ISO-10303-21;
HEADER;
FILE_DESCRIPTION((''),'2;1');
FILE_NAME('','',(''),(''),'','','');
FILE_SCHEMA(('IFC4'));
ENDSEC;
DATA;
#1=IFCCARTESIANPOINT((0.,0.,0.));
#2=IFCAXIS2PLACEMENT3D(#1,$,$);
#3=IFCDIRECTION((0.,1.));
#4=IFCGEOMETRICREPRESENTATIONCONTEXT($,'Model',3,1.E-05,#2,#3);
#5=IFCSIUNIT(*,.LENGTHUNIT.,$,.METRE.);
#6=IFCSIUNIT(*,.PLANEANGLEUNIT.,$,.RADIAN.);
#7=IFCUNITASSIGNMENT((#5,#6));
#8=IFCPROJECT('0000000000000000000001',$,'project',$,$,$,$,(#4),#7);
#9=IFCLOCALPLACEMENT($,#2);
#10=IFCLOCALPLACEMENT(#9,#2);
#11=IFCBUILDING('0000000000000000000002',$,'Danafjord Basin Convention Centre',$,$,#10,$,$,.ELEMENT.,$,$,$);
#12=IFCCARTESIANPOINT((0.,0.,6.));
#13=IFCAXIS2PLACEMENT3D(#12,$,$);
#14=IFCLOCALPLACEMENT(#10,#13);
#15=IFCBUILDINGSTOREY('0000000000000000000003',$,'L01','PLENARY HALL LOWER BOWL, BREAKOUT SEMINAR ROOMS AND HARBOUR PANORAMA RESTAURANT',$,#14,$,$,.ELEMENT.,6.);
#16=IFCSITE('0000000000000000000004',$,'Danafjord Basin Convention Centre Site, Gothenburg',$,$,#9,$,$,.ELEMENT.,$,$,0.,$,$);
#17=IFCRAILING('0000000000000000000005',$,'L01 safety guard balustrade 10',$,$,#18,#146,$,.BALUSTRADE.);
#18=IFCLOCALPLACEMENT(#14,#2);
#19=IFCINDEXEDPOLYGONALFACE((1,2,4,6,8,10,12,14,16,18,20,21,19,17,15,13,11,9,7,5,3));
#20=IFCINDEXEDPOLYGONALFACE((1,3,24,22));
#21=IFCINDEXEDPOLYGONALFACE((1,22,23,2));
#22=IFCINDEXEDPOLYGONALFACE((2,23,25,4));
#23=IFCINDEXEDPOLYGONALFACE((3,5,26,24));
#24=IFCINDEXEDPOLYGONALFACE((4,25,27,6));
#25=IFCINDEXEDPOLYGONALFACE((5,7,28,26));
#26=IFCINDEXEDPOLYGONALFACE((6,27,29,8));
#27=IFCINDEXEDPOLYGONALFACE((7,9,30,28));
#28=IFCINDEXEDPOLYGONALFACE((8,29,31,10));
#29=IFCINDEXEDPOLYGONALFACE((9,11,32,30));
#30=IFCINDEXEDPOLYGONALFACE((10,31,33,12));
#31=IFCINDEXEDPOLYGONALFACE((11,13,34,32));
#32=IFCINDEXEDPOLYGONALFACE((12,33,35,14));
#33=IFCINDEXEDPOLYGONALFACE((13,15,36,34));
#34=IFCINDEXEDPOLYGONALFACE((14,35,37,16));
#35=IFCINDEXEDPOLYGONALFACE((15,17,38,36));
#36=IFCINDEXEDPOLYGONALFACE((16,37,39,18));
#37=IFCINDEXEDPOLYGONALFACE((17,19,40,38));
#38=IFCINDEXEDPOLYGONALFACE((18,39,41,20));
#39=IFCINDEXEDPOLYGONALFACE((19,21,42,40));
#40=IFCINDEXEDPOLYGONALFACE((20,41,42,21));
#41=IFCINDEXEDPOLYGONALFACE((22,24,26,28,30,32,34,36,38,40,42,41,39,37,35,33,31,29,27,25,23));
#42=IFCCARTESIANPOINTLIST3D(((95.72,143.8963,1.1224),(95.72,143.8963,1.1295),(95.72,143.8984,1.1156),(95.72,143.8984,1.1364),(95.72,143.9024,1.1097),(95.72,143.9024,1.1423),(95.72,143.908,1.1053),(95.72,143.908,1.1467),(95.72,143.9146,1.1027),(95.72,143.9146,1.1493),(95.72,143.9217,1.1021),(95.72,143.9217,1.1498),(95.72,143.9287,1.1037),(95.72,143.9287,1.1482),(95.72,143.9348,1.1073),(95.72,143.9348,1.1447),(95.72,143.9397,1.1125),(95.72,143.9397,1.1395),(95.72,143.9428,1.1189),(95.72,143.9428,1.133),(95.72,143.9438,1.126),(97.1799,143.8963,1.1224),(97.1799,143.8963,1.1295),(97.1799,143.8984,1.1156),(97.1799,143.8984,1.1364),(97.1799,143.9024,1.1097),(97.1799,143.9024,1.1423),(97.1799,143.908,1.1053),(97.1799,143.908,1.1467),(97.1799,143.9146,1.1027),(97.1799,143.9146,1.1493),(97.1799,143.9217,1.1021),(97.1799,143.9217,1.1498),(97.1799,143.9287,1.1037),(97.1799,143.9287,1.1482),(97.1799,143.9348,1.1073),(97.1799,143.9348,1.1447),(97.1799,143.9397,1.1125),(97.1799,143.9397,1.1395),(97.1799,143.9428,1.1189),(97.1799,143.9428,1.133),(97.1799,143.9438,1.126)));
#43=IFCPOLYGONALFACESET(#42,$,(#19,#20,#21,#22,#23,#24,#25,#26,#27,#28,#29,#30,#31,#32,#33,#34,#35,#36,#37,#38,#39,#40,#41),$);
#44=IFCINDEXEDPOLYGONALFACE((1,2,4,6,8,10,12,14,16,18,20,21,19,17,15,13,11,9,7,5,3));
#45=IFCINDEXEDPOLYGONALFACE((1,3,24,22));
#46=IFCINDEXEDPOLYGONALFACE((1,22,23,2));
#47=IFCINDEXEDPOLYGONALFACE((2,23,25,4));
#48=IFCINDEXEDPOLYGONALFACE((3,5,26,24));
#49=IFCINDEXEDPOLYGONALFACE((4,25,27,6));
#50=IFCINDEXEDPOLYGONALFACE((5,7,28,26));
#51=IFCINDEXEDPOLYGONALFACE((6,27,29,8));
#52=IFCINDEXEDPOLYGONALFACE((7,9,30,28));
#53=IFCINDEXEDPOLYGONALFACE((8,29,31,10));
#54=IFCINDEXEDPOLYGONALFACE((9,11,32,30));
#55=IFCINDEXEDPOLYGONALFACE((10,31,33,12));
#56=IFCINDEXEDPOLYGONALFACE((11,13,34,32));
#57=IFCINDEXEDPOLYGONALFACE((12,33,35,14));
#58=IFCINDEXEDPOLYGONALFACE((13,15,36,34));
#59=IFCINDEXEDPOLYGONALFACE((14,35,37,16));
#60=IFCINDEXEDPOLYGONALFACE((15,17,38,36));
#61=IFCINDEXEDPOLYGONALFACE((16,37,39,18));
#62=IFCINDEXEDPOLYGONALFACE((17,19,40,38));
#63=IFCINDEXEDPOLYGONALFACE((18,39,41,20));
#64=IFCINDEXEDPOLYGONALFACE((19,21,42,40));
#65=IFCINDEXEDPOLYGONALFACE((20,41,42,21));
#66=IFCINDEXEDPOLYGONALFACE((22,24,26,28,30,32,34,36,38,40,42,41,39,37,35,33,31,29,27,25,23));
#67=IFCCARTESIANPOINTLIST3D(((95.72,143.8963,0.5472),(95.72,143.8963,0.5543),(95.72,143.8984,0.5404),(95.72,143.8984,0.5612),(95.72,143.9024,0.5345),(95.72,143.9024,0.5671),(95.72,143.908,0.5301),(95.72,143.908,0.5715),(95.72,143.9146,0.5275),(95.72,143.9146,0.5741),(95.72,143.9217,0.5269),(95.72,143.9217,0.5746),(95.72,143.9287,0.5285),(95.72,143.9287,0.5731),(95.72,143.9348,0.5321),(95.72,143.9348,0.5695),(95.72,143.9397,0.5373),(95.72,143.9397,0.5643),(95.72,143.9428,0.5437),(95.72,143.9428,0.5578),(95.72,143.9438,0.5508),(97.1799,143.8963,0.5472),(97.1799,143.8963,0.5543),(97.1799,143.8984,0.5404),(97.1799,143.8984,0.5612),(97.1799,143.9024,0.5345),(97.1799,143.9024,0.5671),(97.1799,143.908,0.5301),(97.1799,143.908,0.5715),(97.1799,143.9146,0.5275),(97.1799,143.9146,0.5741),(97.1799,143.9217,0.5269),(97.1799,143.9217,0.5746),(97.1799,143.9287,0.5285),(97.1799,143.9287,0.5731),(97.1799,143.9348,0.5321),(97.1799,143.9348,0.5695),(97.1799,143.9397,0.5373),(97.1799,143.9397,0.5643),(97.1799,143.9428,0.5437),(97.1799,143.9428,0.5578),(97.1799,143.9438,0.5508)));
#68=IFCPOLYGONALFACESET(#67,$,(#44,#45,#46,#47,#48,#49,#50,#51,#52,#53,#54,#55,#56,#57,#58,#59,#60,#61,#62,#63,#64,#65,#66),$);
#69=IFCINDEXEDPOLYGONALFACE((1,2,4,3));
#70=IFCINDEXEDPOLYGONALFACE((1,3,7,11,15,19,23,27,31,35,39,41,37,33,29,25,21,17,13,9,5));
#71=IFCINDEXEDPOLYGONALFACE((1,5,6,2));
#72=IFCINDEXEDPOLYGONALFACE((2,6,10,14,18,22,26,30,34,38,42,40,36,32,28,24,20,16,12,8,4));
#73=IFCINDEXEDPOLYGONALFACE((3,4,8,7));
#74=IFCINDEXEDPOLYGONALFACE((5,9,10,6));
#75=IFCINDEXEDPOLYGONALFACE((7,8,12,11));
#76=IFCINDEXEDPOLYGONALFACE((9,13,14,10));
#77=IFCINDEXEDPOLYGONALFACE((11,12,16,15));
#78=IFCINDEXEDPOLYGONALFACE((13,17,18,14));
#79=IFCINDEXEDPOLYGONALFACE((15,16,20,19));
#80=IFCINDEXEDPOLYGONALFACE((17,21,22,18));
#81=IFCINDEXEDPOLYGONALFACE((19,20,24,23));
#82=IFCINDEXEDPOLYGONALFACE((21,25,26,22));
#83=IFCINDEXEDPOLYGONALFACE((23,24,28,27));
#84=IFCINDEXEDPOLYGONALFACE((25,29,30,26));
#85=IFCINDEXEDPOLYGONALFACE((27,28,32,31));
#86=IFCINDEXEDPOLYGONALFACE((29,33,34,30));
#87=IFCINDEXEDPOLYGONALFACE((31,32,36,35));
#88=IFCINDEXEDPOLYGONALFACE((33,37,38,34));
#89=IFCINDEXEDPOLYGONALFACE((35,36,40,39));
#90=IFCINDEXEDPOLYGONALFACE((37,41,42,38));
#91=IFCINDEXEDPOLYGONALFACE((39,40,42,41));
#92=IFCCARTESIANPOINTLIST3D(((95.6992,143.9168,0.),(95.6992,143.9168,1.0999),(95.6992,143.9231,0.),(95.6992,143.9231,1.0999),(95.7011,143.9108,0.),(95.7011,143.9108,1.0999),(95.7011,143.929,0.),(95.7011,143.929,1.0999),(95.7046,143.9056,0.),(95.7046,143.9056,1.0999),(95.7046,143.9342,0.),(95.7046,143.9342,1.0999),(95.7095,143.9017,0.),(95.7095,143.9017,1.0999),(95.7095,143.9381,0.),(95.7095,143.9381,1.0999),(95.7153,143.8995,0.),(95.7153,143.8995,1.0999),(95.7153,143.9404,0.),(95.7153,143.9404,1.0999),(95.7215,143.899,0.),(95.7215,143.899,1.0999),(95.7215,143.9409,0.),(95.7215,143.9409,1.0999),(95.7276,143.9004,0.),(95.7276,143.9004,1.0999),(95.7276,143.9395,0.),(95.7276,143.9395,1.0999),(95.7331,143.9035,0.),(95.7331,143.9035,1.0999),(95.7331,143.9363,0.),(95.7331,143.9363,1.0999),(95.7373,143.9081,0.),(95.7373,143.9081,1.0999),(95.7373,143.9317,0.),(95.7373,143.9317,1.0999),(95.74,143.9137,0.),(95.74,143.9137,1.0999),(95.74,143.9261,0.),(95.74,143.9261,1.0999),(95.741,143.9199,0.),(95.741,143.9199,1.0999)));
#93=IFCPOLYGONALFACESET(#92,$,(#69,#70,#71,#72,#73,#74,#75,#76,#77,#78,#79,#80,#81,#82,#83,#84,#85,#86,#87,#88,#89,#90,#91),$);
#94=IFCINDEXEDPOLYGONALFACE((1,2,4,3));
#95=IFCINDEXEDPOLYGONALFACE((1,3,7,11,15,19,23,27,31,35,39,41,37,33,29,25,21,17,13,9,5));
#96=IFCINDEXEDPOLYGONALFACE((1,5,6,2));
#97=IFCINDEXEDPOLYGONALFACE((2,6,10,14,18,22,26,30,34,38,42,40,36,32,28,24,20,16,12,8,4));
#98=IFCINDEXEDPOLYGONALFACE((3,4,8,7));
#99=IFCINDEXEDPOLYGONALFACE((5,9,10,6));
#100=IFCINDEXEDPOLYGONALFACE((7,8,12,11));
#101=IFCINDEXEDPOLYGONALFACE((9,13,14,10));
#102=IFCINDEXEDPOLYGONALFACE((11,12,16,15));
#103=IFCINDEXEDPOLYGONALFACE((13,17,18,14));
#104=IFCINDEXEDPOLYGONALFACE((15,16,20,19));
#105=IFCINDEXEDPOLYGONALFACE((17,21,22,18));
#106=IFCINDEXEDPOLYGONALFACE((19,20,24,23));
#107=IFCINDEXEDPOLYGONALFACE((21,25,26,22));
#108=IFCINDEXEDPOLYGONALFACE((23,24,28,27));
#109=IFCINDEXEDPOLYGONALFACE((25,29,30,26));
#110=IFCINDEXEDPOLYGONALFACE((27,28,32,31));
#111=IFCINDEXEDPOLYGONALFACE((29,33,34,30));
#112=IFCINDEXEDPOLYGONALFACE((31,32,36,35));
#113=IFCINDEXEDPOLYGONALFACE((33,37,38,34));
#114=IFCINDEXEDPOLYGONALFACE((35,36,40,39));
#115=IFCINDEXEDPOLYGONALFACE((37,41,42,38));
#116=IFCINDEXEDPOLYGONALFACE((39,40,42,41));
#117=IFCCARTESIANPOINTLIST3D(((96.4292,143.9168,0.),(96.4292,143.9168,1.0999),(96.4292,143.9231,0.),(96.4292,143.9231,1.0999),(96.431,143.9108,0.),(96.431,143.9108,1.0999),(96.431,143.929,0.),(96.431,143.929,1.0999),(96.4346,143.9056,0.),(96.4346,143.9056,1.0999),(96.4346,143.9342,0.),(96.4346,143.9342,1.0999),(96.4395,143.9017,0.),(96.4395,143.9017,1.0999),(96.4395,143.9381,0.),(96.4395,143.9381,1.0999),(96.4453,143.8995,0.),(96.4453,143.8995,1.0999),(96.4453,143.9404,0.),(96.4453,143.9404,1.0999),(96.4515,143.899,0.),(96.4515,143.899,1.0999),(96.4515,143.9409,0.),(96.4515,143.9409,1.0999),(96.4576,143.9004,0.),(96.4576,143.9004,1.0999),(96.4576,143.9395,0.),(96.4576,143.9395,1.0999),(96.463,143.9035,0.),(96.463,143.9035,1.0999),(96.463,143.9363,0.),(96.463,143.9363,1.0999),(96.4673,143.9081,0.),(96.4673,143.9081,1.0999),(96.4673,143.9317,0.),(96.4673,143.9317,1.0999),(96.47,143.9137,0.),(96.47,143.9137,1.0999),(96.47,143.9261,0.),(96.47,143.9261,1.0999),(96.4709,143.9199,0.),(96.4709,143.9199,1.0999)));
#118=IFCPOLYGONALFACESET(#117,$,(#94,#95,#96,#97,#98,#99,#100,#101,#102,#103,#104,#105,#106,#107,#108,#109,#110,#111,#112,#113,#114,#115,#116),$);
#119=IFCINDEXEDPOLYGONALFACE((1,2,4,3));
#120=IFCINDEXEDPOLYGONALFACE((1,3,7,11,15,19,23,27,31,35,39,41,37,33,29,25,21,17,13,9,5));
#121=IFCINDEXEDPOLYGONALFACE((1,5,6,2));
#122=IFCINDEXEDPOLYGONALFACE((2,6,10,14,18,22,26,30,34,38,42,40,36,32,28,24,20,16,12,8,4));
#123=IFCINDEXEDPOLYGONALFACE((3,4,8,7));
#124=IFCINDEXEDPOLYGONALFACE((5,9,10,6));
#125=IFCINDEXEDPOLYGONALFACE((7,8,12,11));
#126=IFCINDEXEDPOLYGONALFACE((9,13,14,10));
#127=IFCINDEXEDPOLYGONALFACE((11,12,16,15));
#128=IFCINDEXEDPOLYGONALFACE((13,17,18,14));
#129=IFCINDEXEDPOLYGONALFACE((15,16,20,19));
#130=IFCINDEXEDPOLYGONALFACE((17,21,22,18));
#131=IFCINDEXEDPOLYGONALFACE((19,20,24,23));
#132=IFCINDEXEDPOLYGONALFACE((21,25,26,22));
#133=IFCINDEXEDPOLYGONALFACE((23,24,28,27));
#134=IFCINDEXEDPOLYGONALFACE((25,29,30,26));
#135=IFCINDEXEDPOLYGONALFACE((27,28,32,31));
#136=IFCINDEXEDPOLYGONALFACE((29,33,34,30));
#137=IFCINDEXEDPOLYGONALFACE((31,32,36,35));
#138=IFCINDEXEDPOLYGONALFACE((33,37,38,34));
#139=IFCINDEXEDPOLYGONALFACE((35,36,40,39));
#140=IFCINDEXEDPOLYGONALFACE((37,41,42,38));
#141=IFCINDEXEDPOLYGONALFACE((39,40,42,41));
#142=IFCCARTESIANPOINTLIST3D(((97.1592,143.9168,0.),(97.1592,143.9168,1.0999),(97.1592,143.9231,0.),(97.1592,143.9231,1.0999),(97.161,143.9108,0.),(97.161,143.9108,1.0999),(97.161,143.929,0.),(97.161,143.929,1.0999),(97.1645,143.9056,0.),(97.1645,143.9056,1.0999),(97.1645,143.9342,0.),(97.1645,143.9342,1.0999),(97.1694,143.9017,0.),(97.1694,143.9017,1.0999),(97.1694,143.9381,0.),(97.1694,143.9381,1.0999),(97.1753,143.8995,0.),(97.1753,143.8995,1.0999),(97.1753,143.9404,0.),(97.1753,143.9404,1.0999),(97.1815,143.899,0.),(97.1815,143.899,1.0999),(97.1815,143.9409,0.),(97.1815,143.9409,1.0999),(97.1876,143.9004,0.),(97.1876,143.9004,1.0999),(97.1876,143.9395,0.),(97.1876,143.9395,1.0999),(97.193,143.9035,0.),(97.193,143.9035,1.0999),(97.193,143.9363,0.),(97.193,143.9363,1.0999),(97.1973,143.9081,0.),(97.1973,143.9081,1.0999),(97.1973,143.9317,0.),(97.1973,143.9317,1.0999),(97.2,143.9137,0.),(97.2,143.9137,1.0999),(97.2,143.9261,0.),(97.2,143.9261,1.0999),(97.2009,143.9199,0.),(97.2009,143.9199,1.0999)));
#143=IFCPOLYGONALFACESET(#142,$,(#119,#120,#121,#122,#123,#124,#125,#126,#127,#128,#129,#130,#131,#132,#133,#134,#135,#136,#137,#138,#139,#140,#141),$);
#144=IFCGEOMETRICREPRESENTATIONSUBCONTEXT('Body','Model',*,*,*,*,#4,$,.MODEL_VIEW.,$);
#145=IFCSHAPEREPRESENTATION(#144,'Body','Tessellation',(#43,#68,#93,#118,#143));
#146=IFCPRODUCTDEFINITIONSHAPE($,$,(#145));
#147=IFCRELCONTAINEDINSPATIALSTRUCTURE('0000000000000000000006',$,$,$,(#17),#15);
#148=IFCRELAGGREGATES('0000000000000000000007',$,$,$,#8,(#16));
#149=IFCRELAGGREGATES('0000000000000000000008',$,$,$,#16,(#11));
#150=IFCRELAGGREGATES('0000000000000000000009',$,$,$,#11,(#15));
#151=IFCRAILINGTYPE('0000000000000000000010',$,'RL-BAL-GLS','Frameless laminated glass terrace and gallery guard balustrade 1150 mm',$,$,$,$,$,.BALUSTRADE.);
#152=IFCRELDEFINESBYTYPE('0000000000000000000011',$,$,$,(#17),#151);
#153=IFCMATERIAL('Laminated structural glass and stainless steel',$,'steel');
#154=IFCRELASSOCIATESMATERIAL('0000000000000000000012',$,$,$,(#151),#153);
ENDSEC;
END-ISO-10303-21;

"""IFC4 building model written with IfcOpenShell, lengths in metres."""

from ifc_helpers import new_model, si_unit, direction, frame, origin, origin_2d, place, context, subcontext, project, spatial, circle, extrude, material, type_object, element, save


model = new_model("IFC4")

# Units and contexts
model_context = context("Model", 3, precision=1e-05, world=origin(), true_north=direction((0.0, 1.0)))
body_context = subcontext(model_context, "Body", "Model", "MODEL_VIEW")
ifc_project = project(units=[si_unit("LENGTHUNIT", "METRE"), si_unit("PLANEANGLEUNIT", "RADIAN")], contexts=[model_context])

# Site, building, storey
site_placement = place(None, origin())
site = spatial("IfcSite", under=ifc_project, at=site_placement, Name="Danafjord Basin Convention Centre Site, Gothenburg", CompositionType="ELEMENT", RefElevation=0.0)
building_placement = place(site_placement, origin())
building = spatial("IfcBuilding", under=site, at=building_placement, Name="Danafjord Basin Convention Centre", CompositionType="ELEMENT")
storey_placement = place(building_placement, frame((0.0, 0.0, 6.0)))
storey = spatial("IfcBuildingStorey", under=building, at=storey_placement, Name="L01", Description="PLENARY HALL LOWER BOWL, BREAKOUT SEMINAR ROOMS AND HARBOUR PANORAMA RESTAURANT", CompositionType="ELEMENT", Elevation=6.0)

# Railing
ifc_material_1 = material(Name="Laminated structural glass and stainless steel", Category="steel")
railing_type = type_object("IfcRailingType", Name="RL-BAL-GLS", Description="Frameless laminated glass terrace and gallery guard balustrade 1150 mm", PredefinedType="BALUSTRADE", material=ifc_material_1)
railing_1_placement = place(storey_placement, frame((95.72, 143.9199, 0.0)))
element("IfcRailing", 1, at=railing_1_placement, inside=storey, type_object=railing_type, Name="L01 safety guard balustrade 10", PredefinedType="BALUSTRADE", context=body_context, shape_type="SweptSolid", body=[
    extrude(circle(Radius=0.0239, at=origin_2d()), frame((0.0, 0.0, 1.126), z_axis=(1.0, 0.0, 0.0), x_axis=(0.0, 1.0, 0.0)), (0.0, 0.0, 1.0), 1.46),
    extrude(circle(Radius=0.0239, at=origin_2d()), frame((0.0, 0.0, 0.5508), z_axis=(1.0, 0.0, 0.0), x_axis=(0.0, 1.0, 0.0)), (0.0, 0.0, 1.0), 1.46),
    extrude(circle(Radius=0.021, at=origin_2d()), origin(), (0.0, 0.0, 1.0), 1.0999),
    extrude(circle(Radius=0.021, at=origin_2d()), frame((0.73, 0.0, 0.0)), (0.0, 0.0, 1.0), 1.0999),
    extrude(circle(Radius=0.021, at=origin_2d()), frame((1.46, 0.0, 0.0)), (0.0, 0.0, 1.0), 1.0999),
])

save(model, "model.ifc")
